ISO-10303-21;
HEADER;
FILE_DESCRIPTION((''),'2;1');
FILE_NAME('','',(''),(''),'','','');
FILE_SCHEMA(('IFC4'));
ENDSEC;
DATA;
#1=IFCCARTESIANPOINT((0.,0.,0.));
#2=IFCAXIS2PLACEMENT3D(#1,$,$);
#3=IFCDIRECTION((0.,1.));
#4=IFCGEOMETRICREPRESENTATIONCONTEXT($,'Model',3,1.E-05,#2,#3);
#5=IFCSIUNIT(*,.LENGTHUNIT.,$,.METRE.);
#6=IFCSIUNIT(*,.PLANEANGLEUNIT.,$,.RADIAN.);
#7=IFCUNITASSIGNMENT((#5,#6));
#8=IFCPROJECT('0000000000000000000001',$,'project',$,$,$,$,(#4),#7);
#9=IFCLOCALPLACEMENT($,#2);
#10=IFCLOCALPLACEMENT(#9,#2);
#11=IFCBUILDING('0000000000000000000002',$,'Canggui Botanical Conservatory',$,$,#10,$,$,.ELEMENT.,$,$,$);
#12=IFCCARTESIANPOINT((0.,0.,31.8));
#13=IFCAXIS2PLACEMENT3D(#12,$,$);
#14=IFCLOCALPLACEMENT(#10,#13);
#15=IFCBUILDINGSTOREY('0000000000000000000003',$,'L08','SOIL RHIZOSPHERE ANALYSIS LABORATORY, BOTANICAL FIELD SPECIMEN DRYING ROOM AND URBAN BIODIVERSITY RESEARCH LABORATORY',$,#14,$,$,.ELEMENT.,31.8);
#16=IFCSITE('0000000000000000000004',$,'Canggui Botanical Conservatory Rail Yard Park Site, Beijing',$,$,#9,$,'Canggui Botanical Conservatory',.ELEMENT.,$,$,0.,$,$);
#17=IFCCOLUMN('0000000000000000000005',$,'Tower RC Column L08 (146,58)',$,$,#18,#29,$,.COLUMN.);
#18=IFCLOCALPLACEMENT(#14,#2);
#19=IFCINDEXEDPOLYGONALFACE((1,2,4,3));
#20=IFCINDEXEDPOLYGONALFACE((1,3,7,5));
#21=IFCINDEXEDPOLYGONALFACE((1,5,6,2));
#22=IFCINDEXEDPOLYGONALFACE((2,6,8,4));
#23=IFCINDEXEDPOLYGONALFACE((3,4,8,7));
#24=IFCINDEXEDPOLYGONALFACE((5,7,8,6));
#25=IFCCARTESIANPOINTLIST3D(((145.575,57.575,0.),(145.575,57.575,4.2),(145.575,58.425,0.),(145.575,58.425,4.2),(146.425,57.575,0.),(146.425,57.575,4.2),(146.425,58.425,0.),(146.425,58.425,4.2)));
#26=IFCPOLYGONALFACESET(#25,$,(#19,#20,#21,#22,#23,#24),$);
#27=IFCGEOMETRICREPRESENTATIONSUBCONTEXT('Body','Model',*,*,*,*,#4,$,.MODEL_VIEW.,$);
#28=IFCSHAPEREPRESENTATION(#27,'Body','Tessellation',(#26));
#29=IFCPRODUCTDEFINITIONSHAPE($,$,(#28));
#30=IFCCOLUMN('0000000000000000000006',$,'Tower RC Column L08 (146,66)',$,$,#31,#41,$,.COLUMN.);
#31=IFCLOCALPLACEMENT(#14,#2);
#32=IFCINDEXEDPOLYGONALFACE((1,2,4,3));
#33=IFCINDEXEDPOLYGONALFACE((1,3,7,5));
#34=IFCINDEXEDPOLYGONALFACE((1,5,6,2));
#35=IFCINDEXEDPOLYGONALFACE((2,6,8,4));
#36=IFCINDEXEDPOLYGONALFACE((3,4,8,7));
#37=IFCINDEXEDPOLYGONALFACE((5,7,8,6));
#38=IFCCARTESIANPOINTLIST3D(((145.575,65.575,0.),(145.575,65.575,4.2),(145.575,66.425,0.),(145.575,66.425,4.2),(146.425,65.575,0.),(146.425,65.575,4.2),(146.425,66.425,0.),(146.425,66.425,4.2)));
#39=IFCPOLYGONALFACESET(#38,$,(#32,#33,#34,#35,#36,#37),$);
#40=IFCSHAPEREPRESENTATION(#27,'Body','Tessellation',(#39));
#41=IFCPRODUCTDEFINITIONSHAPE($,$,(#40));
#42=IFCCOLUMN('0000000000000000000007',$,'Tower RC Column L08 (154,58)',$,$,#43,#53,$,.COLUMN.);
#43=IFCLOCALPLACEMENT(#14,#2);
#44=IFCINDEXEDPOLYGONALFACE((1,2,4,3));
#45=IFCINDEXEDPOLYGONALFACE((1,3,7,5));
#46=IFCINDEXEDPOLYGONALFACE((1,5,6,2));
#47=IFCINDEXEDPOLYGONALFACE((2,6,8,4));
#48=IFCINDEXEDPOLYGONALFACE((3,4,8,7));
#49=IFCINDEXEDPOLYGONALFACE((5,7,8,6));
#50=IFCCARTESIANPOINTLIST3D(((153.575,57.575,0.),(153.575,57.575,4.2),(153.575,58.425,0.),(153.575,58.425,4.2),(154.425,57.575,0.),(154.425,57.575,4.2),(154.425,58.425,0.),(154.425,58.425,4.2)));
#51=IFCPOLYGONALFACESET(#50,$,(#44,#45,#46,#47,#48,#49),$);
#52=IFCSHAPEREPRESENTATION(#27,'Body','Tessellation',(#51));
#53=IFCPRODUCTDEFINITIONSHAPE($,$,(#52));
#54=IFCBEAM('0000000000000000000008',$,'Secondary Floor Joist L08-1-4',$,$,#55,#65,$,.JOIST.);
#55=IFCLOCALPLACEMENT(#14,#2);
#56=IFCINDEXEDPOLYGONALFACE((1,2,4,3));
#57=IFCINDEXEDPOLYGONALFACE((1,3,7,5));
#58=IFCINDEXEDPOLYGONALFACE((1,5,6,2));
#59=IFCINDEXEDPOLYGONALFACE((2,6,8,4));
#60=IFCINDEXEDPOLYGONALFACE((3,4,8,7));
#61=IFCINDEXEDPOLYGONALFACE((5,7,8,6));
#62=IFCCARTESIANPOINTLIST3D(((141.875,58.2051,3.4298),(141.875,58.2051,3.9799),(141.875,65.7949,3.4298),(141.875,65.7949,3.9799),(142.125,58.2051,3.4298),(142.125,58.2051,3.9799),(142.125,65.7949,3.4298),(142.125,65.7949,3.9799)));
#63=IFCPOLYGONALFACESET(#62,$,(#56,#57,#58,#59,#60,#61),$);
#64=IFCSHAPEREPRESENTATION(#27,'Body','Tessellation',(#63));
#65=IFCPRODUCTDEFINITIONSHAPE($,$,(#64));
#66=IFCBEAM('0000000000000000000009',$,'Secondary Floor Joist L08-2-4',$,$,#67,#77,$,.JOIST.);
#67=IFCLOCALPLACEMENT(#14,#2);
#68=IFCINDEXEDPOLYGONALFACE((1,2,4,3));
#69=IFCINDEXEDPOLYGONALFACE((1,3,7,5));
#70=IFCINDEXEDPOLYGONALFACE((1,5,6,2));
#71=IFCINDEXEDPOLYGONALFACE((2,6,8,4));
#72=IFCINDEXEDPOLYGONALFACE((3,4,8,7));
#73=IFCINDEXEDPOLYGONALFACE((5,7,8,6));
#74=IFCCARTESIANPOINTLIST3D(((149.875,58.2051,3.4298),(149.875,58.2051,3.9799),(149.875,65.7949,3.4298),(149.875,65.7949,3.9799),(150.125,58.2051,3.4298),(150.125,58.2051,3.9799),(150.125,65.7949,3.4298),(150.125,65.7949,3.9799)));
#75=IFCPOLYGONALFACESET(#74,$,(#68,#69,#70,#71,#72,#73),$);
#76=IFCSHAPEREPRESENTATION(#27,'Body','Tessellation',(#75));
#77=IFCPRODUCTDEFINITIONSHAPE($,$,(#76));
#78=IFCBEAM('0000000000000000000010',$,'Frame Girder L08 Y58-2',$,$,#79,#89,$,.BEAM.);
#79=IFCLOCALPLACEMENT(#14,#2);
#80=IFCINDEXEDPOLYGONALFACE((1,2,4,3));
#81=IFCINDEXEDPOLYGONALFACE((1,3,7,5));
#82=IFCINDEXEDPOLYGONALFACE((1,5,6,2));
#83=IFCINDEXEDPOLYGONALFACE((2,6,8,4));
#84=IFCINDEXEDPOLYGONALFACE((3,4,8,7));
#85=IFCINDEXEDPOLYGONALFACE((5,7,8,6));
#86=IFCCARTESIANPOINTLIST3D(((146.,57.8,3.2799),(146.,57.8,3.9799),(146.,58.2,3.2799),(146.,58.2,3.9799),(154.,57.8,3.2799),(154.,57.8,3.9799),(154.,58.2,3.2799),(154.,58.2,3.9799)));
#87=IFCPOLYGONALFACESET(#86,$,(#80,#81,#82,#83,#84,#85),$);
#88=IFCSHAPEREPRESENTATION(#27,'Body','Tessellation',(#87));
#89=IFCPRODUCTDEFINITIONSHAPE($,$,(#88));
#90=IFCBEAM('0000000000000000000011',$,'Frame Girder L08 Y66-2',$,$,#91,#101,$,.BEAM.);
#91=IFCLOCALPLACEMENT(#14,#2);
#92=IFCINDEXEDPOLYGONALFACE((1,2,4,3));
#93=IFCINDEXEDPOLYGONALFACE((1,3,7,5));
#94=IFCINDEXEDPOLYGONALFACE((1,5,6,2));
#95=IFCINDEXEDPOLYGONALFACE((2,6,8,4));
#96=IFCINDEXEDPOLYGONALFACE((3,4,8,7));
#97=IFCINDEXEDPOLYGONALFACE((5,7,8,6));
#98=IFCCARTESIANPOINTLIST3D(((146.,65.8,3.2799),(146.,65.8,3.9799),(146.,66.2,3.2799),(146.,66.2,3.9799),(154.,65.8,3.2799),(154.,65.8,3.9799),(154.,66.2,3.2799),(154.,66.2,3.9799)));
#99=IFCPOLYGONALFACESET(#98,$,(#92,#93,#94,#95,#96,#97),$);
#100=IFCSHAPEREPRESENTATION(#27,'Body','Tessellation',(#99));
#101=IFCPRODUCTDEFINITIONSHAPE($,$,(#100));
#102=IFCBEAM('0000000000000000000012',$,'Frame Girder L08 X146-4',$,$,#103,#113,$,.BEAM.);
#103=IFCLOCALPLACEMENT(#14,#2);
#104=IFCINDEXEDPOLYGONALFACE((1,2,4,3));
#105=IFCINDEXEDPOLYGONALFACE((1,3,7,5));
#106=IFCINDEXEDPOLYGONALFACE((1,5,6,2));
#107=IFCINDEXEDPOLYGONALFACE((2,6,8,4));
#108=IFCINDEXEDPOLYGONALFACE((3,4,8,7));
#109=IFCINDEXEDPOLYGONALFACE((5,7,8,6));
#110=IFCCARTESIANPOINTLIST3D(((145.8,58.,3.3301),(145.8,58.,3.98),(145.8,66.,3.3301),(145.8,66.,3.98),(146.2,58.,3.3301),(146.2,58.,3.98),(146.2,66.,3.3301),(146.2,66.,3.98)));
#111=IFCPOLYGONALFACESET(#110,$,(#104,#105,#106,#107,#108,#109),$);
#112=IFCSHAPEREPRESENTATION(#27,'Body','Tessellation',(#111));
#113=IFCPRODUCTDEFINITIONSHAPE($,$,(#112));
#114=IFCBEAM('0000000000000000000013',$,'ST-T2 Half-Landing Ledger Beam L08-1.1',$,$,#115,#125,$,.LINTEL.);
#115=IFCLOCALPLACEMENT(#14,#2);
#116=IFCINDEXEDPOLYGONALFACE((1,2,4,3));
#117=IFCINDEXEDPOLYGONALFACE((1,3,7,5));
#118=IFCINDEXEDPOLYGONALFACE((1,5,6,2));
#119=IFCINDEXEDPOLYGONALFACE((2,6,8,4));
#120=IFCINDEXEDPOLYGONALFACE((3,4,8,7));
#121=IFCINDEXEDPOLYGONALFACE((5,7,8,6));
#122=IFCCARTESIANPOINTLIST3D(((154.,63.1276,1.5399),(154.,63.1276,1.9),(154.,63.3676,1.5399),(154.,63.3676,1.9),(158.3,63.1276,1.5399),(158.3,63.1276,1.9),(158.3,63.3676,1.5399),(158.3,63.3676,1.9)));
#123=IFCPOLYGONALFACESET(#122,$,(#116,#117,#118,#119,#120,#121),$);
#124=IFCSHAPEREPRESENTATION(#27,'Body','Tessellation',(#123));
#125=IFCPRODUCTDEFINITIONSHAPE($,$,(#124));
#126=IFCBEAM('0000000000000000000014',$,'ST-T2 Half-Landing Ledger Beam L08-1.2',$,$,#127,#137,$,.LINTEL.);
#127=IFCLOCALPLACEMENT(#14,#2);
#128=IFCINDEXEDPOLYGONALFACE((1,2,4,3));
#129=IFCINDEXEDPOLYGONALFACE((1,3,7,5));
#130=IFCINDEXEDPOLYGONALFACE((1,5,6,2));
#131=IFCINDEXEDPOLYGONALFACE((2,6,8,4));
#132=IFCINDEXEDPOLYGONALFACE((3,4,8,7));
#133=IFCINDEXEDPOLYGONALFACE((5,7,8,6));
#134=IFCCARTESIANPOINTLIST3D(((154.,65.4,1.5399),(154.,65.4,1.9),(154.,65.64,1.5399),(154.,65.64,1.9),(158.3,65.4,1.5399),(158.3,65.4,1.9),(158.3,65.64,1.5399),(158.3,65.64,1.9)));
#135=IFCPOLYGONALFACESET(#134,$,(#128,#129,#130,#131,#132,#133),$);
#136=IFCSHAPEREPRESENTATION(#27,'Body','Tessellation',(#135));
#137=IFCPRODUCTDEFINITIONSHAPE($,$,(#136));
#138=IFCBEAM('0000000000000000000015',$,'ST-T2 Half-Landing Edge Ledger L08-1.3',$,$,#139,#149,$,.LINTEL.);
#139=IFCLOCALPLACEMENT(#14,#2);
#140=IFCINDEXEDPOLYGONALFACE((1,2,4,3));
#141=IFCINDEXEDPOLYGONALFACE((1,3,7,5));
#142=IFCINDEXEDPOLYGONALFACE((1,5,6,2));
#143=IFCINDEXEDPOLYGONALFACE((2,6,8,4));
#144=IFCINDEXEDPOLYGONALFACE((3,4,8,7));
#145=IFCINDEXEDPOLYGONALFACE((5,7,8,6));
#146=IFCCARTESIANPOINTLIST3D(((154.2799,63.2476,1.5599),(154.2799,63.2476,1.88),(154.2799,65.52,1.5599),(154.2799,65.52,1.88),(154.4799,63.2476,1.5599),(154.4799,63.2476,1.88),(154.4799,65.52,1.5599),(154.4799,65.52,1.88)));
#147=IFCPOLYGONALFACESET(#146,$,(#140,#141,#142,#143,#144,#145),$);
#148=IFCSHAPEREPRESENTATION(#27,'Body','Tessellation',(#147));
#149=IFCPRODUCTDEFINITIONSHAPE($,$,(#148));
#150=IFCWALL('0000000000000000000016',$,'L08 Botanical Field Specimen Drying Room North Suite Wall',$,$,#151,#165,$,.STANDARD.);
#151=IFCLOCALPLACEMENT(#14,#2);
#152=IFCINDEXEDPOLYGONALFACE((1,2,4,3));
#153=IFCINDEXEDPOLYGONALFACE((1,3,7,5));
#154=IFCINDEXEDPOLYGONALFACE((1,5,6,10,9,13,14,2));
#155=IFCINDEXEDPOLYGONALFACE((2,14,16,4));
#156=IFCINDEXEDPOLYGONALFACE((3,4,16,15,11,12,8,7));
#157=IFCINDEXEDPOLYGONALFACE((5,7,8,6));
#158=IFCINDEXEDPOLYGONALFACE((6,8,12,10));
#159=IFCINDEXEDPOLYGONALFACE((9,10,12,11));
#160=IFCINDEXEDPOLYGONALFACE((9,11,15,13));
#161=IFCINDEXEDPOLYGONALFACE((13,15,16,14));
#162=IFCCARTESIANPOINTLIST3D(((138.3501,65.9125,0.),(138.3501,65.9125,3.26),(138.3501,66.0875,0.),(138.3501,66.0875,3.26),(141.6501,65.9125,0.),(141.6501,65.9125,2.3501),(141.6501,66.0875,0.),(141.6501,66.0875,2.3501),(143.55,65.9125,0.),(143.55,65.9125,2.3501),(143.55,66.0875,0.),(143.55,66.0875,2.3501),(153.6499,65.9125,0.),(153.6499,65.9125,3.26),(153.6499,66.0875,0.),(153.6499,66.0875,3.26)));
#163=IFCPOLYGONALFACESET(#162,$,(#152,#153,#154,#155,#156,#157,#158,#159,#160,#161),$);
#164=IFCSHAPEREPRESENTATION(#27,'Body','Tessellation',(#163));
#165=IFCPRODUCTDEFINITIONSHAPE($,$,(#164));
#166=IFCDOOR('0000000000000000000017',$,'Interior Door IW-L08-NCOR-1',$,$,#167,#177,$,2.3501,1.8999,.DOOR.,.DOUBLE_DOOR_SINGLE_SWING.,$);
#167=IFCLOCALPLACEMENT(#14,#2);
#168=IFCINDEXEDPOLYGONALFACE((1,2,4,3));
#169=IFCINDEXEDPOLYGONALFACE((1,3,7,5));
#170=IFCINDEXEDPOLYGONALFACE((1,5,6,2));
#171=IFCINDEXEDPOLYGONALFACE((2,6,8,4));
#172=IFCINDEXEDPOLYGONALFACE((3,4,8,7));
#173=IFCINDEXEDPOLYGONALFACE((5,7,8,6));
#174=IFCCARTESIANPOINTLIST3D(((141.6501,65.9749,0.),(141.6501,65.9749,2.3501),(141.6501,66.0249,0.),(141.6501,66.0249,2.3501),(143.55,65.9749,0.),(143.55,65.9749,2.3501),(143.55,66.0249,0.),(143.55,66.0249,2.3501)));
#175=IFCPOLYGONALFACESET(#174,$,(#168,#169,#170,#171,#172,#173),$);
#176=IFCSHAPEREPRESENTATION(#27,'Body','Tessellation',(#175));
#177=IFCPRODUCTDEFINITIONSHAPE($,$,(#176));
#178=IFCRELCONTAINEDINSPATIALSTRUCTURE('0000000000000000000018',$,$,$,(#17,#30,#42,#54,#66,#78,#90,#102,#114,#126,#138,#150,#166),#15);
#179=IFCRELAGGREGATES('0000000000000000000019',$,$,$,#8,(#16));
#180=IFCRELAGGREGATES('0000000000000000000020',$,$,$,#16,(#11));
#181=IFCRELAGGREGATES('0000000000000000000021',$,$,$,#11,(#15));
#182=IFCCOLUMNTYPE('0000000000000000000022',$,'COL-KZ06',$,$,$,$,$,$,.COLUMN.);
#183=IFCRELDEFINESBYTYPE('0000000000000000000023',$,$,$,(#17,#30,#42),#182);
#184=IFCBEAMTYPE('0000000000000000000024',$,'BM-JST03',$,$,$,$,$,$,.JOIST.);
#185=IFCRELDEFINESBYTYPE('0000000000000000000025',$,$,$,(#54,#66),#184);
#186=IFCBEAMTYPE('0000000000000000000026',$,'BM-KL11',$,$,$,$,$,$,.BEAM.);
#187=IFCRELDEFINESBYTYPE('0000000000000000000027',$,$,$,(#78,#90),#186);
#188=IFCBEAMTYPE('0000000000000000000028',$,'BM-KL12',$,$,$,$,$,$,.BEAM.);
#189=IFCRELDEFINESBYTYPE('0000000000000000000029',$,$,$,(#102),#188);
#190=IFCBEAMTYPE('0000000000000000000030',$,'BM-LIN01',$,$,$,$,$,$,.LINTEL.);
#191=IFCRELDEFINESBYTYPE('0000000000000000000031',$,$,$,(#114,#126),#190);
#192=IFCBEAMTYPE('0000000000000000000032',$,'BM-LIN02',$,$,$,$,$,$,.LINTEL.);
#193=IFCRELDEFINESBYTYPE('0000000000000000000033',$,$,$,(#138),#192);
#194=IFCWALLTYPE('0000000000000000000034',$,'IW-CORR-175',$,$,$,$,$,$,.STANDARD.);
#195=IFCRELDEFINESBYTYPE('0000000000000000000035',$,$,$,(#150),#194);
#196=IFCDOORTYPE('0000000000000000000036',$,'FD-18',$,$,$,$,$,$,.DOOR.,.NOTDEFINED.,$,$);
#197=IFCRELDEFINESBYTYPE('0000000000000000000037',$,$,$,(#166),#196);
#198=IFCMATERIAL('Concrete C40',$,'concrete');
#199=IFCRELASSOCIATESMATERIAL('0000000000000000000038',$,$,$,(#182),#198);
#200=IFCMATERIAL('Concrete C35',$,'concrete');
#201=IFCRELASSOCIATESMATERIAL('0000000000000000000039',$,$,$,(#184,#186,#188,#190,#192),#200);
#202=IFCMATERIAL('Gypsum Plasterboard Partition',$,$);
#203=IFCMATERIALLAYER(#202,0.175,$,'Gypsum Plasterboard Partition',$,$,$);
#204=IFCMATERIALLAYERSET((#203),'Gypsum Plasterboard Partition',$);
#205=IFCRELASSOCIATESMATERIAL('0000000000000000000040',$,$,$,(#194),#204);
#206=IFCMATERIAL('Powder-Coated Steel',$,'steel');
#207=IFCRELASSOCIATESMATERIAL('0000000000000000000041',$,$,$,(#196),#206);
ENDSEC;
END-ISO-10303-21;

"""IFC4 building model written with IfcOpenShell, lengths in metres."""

from ifc_helpers import new_model, si_unit, direction, frame, frame_2d, origin, origin_2d, place, context, subcontext, project, spatial, rectangle, extrude, material, layer, layer_set, material_profile, profile_set, type_object, element, fill, save


model = new_model("IFC4")

# Units and contexts
model_context = context("Model", 3, precision=1e-05, world=origin(), true_north=direction((0.0, 1.0)))
body_context = subcontext(model_context, "Body", "Model", "MODEL_VIEW")
ifc_project = project(units=[si_unit("LENGTHUNIT", "METRE"), si_unit("PLANEANGLEUNIT", "RADIAN")], contexts=[model_context])

# Site, building, storey
site_placement = place(None, origin())
site = spatial("IfcSite", under=ifc_project, at=site_placement, Name="Canggui Botanical Conservatory Rail Yard Park Site, Beijing", LongName="Canggui Botanical Conservatory", CompositionType="ELEMENT", RefElevation=0.0)
building_placement = place(site_placement, origin())
building = spatial("IfcBuilding", under=site, at=building_placement, Name="Canggui Botanical Conservatory", CompositionType="ELEMENT")
storey_placement = place(building_placement, frame((0.0, 0.0, 31.8)))
storey = spatial("IfcBuildingStorey", under=building, at=storey_placement, Name="L08", Description="SOIL RHIZOSPHERE ANALYSIS LABORATORY, BOTANICAL FIELD SPECIMEN DRYING ROOM AND URBAN BIODIVERSITY RESEARCH LABORATORY", CompositionType="ELEMENT", Elevation=31.8)

# Columns
ifc_material_1 = material(Name="Concrete C40", Category="concrete")
ifc_material_profile_1 = material_profile(ifc_material_1, rectangle(XDim=0.8501, YDim=0.8501, at=origin_2d()), Name="RC 850x850")
ifc_profile_set_1 = profile_set([ifc_material_profile_1], Name="Concrete C40")
column_type = type_object("IfcColumnType", Name="COL-KZ06", PredefinedType="COLUMN", material=ifc_profile_set_1)
for number, where, z_axis, x_axis, name in (
    (1, (146.0, 58.0, 0.0), (0.0, 0.0, 1.0), (1.0, 0.0, 0.0), "Tower RC Column L08 (146,58)"),
    (2, (146.0, 66.0, 0.0), (0.0, 0.0, 1.0), (1.0, 0.0, 0.0), "Tower RC Column L08 (146,66)"),
    (3, (154.0, 58.0, 0.0), (0.0, 0.0, 1.0), (1.0, 0.0, 0.0), "Tower RC Column L08 (154,58)"),
):
    element("IfcColumn", number, at=place(storey_placement, frame(where, z_axis=z_axis, x_axis=x_axis)), inside=storey, type_object=column_type, Name=name, PredefinedType="COLUMN", context=body_context, shape_type="SweptSolid", body=[
        extrude(rectangle(XDim=0.8501, YDim=0.8501, at=origin_2d()), origin(), (0.0, 0.0, 1.0), 4.2),
    ])

# Beams
ifc_material_2 = material(Name="Concrete C35", Category="concrete")
ifc_material_profile_2 = material_profile(ifc_material_2, rectangle(XDim=0.25, YDim=0.55, at=origin_2d()), Name="RB 250x550")
ifc_profile_set_2 = profile_set([ifc_material_profile_2], Name="Concrete C35")
beam_type_1 = type_object("IfcBeamType", Name="BM-JST03", PredefinedType="JOIST", material=ifc_profile_set_2)
for number, where, z_axis, x_axis, name in (
    (4, (142.0, 58.2051, 3.7048), (0.0, 1.0, 0.0), (-1.0, 0.0, 0.0), "Secondary Floor Joist L08-1-4"),
    (5, (150.0, 58.2051, 3.7048), (0.0, 1.0, 0.0), (-1.0, 0.0, 0.0), "Secondary Floor Joist L08-2-4"),
):
    element("IfcBeam", number, at=place(storey_placement, frame(where, z_axis=z_axis, x_axis=x_axis)), inside=storey, type_object=beam_type_1, Name=name, PredefinedType="JOIST", context=body_context, shape_type="SweptSolid", body=[
        extrude(rectangle(XDim=0.25, YDim=0.55, at=origin_2d()), origin(), (0.0, 0.0, 1.0), 7.5898),
    ])
ifc_material_profile_3 = material_profile(ifc_material_2, rectangle(XDim=0.3999, YDim=0.7, at=origin_2d()), Name="RB 400x700")
ifc_profile_set_3 = profile_set([ifc_material_profile_3], Name="Concrete C35")
beam_type_2 = type_object("IfcBeamType", Name="BM-KL11", PredefinedType="BEAM", material=ifc_profile_set_3)
for number, where, z_axis, x_axis, name in (
    (6, (146.0, 58.0, 3.6299), (1.0, 0.0, 0.0), (0.0, 1.0, 0.0), "Frame Girder L08 Y58-2"),
    (7, (146.0, 66.0, 3.6299), (1.0, 0.0, 0.0), (0.0, 1.0, 0.0), "Frame Girder L08 Y66-2"),
):
    element("IfcBeam", number, at=place(storey_placement, frame(where, z_axis=z_axis, x_axis=x_axis)), inside=storey, type_object=beam_type_2, Name=name, PredefinedType="BEAM", context=body_context, shape_type="SweptSolid", body=[
        extrude(rectangle(XDim=0.3999, YDim=0.7, at=origin_2d()), origin(), (0.0, 0.0, 1.0), 8.0),
    ])
ifc_material_profile_4 = material_profile(ifc_material_2, rectangle(XDim=0.3999, YDim=0.6499, at=origin_2d()), Name="RB 400x650")
ifc_profile_set_4 = profile_set([ifc_material_profile_4], Name="Concrete C35")
beam_type_3 = type_object("IfcBeamType", Name="BM-KL12", PredefinedType="BEAM", material=ifc_profile_set_4)
beam_1_placement = place(storey_placement, frame((146.0, 58.0, 3.655), z_axis=(0.0, 1.0, 0.0), x_axis=(-1.0, 0.0, 0.0)))
element("IfcBeam", 8, at=beam_1_placement, inside=storey, type_object=beam_type_3, Name="Frame Girder L08 X146-4", PredefinedType="BEAM", context=body_context, shape_type="SweptSolid", body=[
    extrude(rectangle(XDim=0.3999, YDim=0.6499, at=origin_2d()), origin(), (0.0, 0.0, 1.0), 8.0),
])
ifc_material_profile_5 = material_profile(ifc_material_2, rectangle(XDim=0.24, YDim=0.3601, at=origin_2d()), Name="RB 240x360")
ifc_profile_set_5 = profile_set([ifc_material_profile_5], Name="Concrete C35")
beam_type_4 = type_object("IfcBeamType", Name="BM-LIN01", PredefinedType="LINTEL", material=ifc_profile_set_5)
for number, where, z_axis, x_axis, name in (
    (9, (154.0, 63.2476, 1.72), (1.0, 0.0, 0.0), (0.0, 1.0, 0.0), "ST-T2 Half-Landing Ledger Beam L08-1.1"),
    (10, (154.0, 65.52, 1.72), (1.0, 0.0, 0.0), (0.0, 1.0, 0.0), "ST-T2 Half-Landing Ledger Beam L08-1.2"),
):
    element("IfcBeam", number, at=place(storey_placement, frame(where, z_axis=z_axis, x_axis=x_axis)), inside=storey, type_object=beam_type_4, Name=name, PredefinedType="LINTEL", context=body_context, shape_type="SweptSolid", body=[
        extrude(rectangle(XDim=0.24, YDim=0.3601, at=origin_2d()), origin(), (0.0, 0.0, 1.0), 4.3),
    ])
ifc_material_profile_6 = material_profile(ifc_material_2, rectangle(XDim=0.2, YDim=0.3201, at=origin_2d()), Name="RB 200x320")
ifc_profile_set_6 = profile_set([ifc_material_profile_6], Name="Concrete C35")
beam_type_5 = type_object("IfcBeamType", Name="BM-LIN02", PredefinedType="LINTEL", material=ifc_profile_set_6)
beam_2_placement = place(storey_placement, frame((154.3799, 63.2476, 1.72), z_axis=(0.0, 1.0, 0.0), x_axis=(-1.0, 0.0, 0.0)))
element("IfcBeam", 11, at=beam_2_placement, inside=storey, type_object=beam_type_5, Name="ST-T2 Half-Landing Edge Ledger L08-1.3", PredefinedType="LINTEL", context=body_context, shape_type="SweptSolid", body=[
    extrude(rectangle(XDim=0.2, YDim=0.3201, at=origin_2d()), origin(), (0.0, 0.0, 1.0), 2.2725),
])

# Wall, opening, door
ifc_material_3 = material(Name="Gypsum Plasterboard Partition")
ifc_layer_1 = layer(ifc_material_3, 0.175, Name="Gypsum Plasterboard Partition")
ifc_layer_set_1 = layer_set([ifc_layer_1], Name="Gypsum Plasterboard Partition")
wall_type_1 = type_object("IfcWallType", Name="IW-CORR-175", PredefinedType="STANDARD", material=ifc_layer_set_1)
wall_1_placement = place(storey_placement, frame((138.3501, 66.0, 0.0), z_axis=(0.0, 0.0, 1.0), x_axis=(1.0, 0.0, 0.0)))
wall_1 = element("IfcWall", 12, at=wall_1_placement, inside=storey, type_object=wall_type_1, Name="L08 Botanical Field Specimen Drying Room North Suite Wall", PredefinedType="STANDARD", context=body_context, shape_type="SweptSolid", body=[
    extrude(rectangle(XDim=15.2998, YDim=0.175, at=frame_2d((7.6499, 0.0))), origin(), (0.0, 0.0, 1.0), 3.26),
])
opening_1_placement = place(wall_1_placement, frame((3.3, 0.0, 0.0)))
opening_1 = element("IfcOpeningElement", 13, at=opening_1_placement, cuts=wall_1, PredefinedType="OPENING", context=body_context, shape_type="SweptSolid", body=[
    extrude(rectangle(XDim=1.8999, YDim=2.3501, at=frame_2d((0.95, 1.175))), frame((0.0, 0.0977, 0.0), z_axis=(0.0, -1.0, 0.0), x_axis=(1.0, 0.0, 0.0)), (0.0, 0.0, 1.0), 0.1951),
])
ifc_material_4 = material(Name="Powder-Coated Steel", Category="steel")
door_type_1 = type_object("IfcDoorType", Name="FD-18", OperationType="NOTDEFINED", PredefinedType="DOOR", material=ifc_material_4)
door_1_placement = place(opening_1_placement, origin())
door_1 = element("IfcDoor", 14, at=door_1_placement, inside=storey, type_object=door_type_1, Name="Interior Door IW-L08-NCOR-1", OperationType="DOUBLE_DOOR_SINGLE_SWING", OverallHeight=2.3501, OverallWidth=1.8999, PredefinedType="DOOR", context=body_context, shape_type="SweptSolid", body=[
    extrude(rectangle(XDim=1.8999, YDim=2.3501, at=frame_2d((0.95, 1.175))), frame((0.0, 0.0249, 0.0), z_axis=(0.0, -1.0, 0.0), x_axis=(1.0, 0.0, 0.0)), (0.0, 0.0, 1.0), 0.05),
])
fill(opening_1, door_1)

save(model, "model.ifc")
